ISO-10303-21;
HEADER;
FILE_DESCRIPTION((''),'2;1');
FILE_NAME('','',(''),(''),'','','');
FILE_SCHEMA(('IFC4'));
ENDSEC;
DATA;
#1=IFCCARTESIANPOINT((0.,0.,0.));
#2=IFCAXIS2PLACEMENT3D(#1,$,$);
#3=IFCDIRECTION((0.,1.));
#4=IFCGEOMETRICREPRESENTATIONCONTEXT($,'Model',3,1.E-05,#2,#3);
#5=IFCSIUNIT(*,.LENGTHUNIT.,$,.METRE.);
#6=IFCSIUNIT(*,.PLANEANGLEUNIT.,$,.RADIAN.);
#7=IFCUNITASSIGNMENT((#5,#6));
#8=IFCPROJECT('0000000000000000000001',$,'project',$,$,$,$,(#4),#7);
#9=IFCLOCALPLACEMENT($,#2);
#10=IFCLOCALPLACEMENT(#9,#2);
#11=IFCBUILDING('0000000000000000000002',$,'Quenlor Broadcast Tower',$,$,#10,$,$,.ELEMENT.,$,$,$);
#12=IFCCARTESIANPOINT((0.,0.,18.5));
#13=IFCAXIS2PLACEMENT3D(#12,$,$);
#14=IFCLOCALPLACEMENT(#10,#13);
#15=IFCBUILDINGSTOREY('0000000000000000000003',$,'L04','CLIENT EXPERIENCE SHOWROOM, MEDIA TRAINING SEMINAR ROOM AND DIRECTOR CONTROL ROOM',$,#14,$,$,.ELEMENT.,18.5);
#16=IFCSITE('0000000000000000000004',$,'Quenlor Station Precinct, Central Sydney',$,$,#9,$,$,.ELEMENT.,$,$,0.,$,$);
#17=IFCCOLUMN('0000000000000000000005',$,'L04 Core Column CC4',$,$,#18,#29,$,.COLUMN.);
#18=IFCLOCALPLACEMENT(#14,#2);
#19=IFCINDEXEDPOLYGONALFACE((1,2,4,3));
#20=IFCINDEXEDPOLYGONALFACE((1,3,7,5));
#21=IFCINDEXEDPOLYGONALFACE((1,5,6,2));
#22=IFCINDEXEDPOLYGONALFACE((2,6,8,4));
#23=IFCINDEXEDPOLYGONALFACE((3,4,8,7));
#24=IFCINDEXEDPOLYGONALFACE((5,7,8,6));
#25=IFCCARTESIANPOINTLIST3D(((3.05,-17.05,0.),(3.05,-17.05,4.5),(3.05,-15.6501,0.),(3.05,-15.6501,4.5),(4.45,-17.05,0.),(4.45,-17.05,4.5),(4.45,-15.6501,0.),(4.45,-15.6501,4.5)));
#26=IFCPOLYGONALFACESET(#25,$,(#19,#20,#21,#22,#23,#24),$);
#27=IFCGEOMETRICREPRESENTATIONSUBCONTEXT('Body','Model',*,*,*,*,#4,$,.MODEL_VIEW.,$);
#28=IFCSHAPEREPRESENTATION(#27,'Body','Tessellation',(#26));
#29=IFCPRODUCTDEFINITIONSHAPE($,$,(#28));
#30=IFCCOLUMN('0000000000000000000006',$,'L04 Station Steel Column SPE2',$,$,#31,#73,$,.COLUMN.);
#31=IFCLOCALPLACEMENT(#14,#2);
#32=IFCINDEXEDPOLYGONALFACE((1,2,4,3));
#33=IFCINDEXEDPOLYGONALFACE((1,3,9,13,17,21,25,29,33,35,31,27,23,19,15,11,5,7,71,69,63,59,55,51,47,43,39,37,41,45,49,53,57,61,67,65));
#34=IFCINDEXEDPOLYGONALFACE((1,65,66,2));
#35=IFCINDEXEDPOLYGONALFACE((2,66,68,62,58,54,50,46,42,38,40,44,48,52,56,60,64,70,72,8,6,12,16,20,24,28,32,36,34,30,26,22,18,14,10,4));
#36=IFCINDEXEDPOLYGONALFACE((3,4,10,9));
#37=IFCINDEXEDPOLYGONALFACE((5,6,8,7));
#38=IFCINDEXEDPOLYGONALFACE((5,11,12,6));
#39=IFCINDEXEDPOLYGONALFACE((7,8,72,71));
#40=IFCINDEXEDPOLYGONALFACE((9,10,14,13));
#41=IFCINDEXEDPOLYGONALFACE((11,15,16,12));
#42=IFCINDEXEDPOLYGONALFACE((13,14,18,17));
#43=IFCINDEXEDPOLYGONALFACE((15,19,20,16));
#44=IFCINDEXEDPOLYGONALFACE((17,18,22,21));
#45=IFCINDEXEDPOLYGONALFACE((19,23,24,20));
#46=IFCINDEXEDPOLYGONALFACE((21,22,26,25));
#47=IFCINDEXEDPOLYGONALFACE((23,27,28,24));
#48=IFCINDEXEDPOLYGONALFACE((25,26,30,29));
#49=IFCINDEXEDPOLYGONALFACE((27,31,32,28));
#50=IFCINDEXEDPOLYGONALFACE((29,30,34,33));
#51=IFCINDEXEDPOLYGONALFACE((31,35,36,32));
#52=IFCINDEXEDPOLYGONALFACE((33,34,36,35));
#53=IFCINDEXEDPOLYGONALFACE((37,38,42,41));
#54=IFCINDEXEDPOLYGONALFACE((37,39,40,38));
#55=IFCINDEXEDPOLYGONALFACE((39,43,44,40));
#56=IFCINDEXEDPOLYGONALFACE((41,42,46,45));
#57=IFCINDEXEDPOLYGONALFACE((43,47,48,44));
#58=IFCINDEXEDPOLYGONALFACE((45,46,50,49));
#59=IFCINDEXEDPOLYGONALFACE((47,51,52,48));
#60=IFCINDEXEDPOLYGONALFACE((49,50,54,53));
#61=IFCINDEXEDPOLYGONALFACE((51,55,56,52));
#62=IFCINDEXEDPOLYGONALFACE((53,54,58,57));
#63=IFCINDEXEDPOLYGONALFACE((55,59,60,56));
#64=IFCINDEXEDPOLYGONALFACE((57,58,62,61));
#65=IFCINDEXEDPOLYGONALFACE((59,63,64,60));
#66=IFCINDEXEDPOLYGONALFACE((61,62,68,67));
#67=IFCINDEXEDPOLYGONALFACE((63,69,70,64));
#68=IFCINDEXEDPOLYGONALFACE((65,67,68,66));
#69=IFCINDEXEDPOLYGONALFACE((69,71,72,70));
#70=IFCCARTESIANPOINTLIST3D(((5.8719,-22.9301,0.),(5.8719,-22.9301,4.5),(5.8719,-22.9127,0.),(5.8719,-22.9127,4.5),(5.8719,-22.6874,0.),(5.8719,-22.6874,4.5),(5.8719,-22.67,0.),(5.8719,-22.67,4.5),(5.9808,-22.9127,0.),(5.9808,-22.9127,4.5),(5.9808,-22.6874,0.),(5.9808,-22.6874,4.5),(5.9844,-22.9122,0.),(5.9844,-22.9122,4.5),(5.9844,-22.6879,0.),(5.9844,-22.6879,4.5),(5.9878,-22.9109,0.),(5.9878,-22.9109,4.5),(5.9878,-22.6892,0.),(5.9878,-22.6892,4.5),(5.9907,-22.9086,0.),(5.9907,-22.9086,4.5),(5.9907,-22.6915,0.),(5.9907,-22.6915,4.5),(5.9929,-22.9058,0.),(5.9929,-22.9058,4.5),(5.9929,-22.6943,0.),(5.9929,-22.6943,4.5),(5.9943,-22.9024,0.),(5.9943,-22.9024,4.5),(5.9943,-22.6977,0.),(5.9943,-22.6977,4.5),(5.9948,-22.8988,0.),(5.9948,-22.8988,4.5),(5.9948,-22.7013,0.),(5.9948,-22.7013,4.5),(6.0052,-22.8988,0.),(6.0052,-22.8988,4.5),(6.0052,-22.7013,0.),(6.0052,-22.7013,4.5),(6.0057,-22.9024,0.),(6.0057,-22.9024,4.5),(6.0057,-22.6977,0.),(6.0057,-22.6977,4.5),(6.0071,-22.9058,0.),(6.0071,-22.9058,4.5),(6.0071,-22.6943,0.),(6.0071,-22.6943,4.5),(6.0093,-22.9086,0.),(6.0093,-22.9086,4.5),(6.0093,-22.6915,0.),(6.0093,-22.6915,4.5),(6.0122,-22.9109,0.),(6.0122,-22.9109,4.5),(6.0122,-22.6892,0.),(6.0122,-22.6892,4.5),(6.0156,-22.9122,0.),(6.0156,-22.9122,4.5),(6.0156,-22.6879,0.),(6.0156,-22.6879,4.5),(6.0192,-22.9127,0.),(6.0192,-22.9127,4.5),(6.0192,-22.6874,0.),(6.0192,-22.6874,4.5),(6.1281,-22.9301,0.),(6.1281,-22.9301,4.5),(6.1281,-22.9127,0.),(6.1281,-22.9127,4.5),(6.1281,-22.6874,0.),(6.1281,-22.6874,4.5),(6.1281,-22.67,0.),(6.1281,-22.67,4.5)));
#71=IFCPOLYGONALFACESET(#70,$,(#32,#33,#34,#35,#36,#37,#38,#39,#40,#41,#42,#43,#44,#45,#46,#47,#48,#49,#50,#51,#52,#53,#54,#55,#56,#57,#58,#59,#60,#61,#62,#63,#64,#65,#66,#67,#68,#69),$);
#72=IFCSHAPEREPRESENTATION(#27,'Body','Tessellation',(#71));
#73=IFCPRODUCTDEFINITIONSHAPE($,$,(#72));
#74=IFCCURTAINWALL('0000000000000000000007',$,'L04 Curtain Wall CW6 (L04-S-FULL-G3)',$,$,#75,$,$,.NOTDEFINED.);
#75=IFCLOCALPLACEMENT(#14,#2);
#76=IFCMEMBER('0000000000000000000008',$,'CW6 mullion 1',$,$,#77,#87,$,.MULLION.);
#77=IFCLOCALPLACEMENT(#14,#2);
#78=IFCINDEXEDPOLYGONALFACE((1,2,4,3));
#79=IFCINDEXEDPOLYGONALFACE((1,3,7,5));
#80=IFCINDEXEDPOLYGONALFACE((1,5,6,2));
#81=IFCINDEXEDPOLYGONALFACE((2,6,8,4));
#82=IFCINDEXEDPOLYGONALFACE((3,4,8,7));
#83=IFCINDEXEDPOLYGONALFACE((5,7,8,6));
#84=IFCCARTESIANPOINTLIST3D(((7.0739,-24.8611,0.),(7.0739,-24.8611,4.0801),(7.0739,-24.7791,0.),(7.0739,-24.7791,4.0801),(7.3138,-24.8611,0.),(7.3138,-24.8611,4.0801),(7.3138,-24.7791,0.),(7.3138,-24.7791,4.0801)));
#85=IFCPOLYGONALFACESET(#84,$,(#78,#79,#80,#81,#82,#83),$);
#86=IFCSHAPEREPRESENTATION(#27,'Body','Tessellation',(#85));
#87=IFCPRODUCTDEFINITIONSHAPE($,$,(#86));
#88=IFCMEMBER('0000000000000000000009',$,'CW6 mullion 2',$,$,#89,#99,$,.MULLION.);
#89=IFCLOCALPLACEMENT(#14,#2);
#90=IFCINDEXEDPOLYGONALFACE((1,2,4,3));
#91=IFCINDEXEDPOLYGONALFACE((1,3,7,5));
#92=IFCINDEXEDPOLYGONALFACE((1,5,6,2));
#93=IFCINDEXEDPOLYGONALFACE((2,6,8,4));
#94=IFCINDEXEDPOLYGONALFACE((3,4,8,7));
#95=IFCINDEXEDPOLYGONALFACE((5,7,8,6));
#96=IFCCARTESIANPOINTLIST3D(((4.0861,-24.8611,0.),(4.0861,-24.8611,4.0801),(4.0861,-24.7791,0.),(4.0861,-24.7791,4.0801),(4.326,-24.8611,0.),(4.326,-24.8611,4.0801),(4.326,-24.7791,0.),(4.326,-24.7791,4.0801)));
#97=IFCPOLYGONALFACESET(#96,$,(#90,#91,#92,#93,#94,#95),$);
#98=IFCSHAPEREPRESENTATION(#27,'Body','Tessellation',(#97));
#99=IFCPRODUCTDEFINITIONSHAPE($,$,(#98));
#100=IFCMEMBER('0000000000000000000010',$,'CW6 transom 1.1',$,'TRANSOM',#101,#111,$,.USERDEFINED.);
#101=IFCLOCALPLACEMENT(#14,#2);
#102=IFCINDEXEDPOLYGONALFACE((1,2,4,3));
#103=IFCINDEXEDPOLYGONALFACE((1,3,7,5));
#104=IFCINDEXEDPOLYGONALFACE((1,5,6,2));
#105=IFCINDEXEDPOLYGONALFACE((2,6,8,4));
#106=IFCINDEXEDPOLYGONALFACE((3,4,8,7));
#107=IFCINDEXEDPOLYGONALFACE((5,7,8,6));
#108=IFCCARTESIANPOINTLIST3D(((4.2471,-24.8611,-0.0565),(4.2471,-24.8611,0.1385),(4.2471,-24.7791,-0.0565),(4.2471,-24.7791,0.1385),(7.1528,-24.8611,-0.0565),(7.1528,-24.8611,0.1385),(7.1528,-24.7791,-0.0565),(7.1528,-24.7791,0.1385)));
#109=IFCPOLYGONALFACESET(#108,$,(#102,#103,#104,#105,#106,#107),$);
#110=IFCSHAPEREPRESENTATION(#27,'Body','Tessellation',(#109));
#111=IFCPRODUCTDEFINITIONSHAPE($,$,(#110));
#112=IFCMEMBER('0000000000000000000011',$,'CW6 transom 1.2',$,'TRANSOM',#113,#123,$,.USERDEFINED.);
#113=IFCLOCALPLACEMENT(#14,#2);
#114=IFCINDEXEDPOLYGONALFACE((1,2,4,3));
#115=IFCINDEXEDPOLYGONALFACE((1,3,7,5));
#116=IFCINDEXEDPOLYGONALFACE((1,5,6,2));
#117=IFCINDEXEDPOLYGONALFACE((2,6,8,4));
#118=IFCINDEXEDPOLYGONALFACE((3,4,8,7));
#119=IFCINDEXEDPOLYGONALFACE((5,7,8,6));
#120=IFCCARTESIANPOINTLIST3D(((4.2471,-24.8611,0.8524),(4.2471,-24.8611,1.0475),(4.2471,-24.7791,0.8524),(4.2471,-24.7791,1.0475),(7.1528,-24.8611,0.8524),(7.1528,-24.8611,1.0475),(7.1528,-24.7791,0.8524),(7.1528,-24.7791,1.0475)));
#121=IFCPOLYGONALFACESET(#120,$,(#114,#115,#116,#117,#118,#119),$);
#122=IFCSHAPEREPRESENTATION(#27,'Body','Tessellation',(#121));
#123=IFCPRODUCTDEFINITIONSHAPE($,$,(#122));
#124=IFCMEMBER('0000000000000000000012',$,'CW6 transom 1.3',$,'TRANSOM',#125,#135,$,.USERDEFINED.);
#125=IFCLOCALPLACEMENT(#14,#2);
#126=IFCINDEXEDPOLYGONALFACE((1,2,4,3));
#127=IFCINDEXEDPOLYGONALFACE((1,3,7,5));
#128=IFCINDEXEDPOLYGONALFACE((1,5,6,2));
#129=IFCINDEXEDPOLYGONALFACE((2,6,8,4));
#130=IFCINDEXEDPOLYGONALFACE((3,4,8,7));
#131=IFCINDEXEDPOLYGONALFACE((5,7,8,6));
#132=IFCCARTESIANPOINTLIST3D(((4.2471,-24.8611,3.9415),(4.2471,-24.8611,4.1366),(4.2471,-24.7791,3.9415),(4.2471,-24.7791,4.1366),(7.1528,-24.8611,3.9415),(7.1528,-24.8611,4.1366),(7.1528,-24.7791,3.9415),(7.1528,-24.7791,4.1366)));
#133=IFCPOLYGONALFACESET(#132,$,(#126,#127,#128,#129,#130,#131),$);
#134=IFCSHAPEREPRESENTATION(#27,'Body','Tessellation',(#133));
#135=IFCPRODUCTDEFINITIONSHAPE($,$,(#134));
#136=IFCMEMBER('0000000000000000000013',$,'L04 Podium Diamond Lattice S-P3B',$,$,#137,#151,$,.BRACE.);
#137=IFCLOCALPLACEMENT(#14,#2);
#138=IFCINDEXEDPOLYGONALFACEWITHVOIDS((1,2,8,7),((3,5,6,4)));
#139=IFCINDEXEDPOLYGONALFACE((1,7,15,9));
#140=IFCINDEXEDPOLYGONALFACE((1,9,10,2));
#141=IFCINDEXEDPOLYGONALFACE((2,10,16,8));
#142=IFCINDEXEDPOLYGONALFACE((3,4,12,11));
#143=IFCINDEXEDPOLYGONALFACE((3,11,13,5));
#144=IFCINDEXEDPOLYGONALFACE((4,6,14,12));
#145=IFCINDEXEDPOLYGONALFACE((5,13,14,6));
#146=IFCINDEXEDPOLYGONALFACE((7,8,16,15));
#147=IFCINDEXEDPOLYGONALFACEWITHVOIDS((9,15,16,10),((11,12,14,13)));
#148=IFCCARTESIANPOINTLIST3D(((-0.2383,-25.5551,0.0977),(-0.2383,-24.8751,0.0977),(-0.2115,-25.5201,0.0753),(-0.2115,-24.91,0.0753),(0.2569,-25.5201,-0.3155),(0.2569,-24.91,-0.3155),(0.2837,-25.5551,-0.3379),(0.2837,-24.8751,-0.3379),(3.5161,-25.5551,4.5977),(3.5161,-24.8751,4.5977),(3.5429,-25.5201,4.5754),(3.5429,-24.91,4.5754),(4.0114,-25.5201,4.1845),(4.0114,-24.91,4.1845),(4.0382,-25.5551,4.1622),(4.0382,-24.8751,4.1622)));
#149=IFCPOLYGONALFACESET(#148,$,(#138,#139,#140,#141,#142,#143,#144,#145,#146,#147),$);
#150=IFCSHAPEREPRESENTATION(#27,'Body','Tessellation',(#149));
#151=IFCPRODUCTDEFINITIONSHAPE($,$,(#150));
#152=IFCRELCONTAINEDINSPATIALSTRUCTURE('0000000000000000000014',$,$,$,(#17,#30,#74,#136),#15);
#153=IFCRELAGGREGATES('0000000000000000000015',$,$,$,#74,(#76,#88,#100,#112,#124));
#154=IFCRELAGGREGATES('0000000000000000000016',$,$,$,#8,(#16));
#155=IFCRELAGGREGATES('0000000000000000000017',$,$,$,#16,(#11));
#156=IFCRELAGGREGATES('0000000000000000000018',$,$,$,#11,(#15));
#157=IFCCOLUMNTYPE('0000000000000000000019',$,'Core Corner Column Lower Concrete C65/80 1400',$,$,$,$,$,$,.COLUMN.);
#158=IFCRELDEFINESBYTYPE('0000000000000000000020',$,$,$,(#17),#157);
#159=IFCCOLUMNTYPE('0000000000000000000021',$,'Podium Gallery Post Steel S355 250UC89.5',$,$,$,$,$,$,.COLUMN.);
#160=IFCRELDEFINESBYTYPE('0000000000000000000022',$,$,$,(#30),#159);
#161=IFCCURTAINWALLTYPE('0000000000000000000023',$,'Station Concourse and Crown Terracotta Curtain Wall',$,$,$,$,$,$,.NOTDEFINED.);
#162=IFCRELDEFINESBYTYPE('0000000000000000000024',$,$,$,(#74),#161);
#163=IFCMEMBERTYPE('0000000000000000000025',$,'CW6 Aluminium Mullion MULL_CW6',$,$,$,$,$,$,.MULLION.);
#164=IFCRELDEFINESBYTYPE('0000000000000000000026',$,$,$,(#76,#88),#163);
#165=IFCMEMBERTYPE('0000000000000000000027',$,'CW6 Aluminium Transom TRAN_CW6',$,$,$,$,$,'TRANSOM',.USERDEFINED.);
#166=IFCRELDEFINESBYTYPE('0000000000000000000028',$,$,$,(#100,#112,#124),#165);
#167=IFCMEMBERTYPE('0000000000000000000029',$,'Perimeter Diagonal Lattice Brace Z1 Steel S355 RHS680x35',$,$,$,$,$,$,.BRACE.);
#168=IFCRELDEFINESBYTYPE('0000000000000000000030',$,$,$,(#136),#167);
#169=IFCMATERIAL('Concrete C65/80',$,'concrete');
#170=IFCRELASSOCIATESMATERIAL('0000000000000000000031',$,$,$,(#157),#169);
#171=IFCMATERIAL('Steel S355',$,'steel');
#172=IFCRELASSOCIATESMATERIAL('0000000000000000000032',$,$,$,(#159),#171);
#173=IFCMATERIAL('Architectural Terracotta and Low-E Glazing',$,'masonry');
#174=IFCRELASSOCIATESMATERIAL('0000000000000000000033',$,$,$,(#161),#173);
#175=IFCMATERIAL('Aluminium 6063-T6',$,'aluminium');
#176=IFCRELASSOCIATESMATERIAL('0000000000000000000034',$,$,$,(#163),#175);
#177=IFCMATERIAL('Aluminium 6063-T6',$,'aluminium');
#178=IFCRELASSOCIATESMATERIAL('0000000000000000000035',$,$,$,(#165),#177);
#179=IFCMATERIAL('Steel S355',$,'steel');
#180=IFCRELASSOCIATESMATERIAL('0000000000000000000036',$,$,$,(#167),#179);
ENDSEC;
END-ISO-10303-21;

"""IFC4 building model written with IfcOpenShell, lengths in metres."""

from ifc_helpers import new_model, si_unit, direction, frame, origin, origin_2d, place, context, subcontext, project, spatial, rectangle, hollow_rectangle, i_section, extrude, material, material_profile, profile_set, type_object, element, aggregate, save


model = new_model("IFC4")

# Units and contexts
model_context = context("Model", 3, precision=1e-05, world=origin(), true_north=direction((0.0, 1.0)))
body_context = subcontext(model_context, "Body", "Model", "MODEL_VIEW")
ifc_project = project(units=[si_unit("LENGTHUNIT", "METRE"), si_unit("PLANEANGLEUNIT", "RADIAN")], contexts=[model_context])

# Site, building, storey
site_placement = place(None, origin())
site = spatial("IfcSite", under=ifc_project, at=site_placement, Name="Quenlor Station Precinct, Central Sydney", CompositionType="ELEMENT", RefElevation=0.0)
building_placement = place(site_placement, origin())
building = spatial("IfcBuilding", under=site, at=building_placement, Name="Quenlor Broadcast Tower", CompositionType="ELEMENT")
storey_placement = place(building_placement, frame((0.0, 0.0, 18.5)))
storey = spatial("IfcBuildingStorey", under=building, at=storey_placement, Name="L04", Description="CLIENT EXPERIENCE SHOWROOM, MEDIA TRAINING SEMINAR ROOM AND DIRECTOR CONTROL ROOM", CompositionType="ELEMENT", Elevation=18.5)

# Columns
ifc_material_1 = material(Name="Concrete C65/80", Category="concrete")
ifc_material_profile_1 = material_profile(ifc_material_1, rectangle(XDim=1.3999, YDim=1.3999, at=origin_2d()))
ifc_profile_set_1 = profile_set([ifc_material_profile_1], Name="Concrete C65/80 RC1400x1400")
column_type_1 = type_object("IfcColumnType", Name="Core Corner Column Lower Concrete C65/80 1400", PredefinedType="COLUMN", material=ifc_profile_set_1)
column_1_placement = place(storey_placement, frame((3.75, -16.3501, 0.0), z_axis=(0.0, 0.0, 1.0), x_axis=(1.0, 0.0, 0.0)))
element("IfcColumn", 1, at=column_1_placement, inside=storey, type_object=column_type_1, Name="L04 Core Column CC4", PredefinedType="COLUMN", context=body_context, shape_type="SweptSolid", body=[
    extrude(rectangle(XDim=1.3999, YDim=1.3999, at=origin_2d()), origin(), (0.0, 0.0, 1.0), 4.5),
])
ifc_material_2 = material(Name="Steel S355", Category="steel")
ifc_material_profile_2 = material_profile(ifc_material_2, i_section(OverallWidth=0.2561, OverallDepth=0.26, WebThickness=0.0105, FlangeThickness=0.0173, FilletRadius=0.0139, at=origin_2d()))
ifc_profile_set_2 = profile_set([ifc_material_profile_2], Name="Steel S355 250UC89.5")
column_type_2 = type_object("IfcColumnType", Name="Podium Gallery Post Steel S355 250UC89.5", PredefinedType="COLUMN", material=ifc_profile_set_2)
column_2_placement = place(storey_placement, frame((6.0, -22.8, 0.0), z_axis=(0.0, 0.0, 1.0), x_axis=(1.0, 0.0, 0.0)))
element("IfcColumn", 2, at=column_2_placement, inside=storey, type_object=column_type_2, Name="L04 Station Steel Column SPE2", PredefinedType="COLUMN", context=body_context, shape_type="SweptSolid", body=[
    extrude(i_section(OverallWidth=0.2561, OverallDepth=0.26, WebThickness=0.0105, FlangeThickness=0.0173, FilletRadius=0.0139, at=origin_2d()), origin(), (0.0, 0.0, 1.0), 4.5),
])

# Curtain wall, members
ifc_material_3 = material(Name="Architectural Terracotta and Low-E Glazing", Category="masonry")
curtain_wall_type = type_object("IfcCurtainWallType", Name="Station Concourse and Crown Terracotta Curtain Wall", PredefinedType="NOTDEFINED", material=ifc_material_3)
curtain_wall_placement = place(storey_placement, origin())
curtain_wall = element("IfcCurtainWall", 3, at=curtain_wall_placement, inside=storey, type_object=curtain_wall_type, Name="L04 Curtain Wall CW6 (L04-S-FULL-G3)", PredefinedType="NOTDEFINED")
ifc_material_4 = material(Name="Aluminium 6063-T6", Category="aluminium")
ifc_material_profile_3 = material_profile(ifc_material_4, rectangle(XDim=0.082, YDim=0.24, at=origin_2d()))
ifc_profile_set_3 = profile_set([ifc_material_profile_3], Name="Aluminium 6063-T6 MULL82x240")
member_type_1 = type_object("IfcMemberType", Name="CW6 Aluminium Mullion MULL_CW6", PredefinedType="MULLION", material=ifc_profile_set_3)
member_1_placement = place(storey_placement, frame((7.1938, -24.8201, 0.0), z_axis=(0.0, 0.0, 1.0), x_axis=(0.0, -1.0, 0.0)))
member_1 = element("IfcMember", 4, at=member_1_placement, type_object=member_type_1, Name="CW6 mullion 1", PredefinedType="MULLION", context=body_context, shape_type="SweptSolid", body=[
    extrude(rectangle(XDim=0.082, YDim=0.24, at=origin_2d()), origin(), (0.0, 0.0, 1.0), 4.0801),
])
member_2_placement = place(storey_placement, frame((4.2061, -24.8201, 0.0), z_axis=(0.0, 0.0, 1.0), x_axis=(0.0, -1.0, 0.0)))
member_2 = element("IfcMember", 5, at=member_2_placement, type_object=member_type_1, Name="CW6 mullion 2", PredefinedType="MULLION", context=body_context, shape_type="SweptSolid", body=[
    extrude(rectangle(XDim=0.082, YDim=0.24, at=origin_2d()), origin(), (0.0, 0.0, 1.0), 4.0801),
])
ifc_material_5 = material(Name="Aluminium 6063-T6", Category="aluminium")
ifc_material_profile_4 = material_profile(ifc_material_5, rectangle(XDim=0.082, YDim=0.1951, at=origin_2d()))
ifc_profile_set_4 = profile_set([ifc_material_profile_4], Name="Aluminium 6063-T6 TRAN82x195")
member_type_2 = type_object("IfcMemberType", Name="CW6 Aluminium Transom TRAN_CW6", ElementType="TRANSOM", PredefinedType="USERDEFINED", material=ifc_profile_set_4)
member_3_placement = place(storey_placement, frame((7.1528, -24.8201, 0.041), z_axis=(-1.0, 0.0, 0.0), x_axis=(0.0, -1.0, 0.0)))
member_3 = element("IfcMember", 6, at=member_3_placement, type_object=member_type_2, Name="CW6 transom 1.1", ObjectType="TRANSOM", PredefinedType="USERDEFINED", context=body_context, shape_type="SweptSolid", body=[
    extrude(rectangle(XDim=0.082, YDim=0.1951, at=origin_2d()), origin(), (0.0, 0.0, 1.0), 2.9058),
])
member_4_placement = place(storey_placement, frame((7.1528, -24.8201, 0.95), z_axis=(-1.0, 0.0, 0.0), x_axis=(0.0, -1.0, 0.0)))
member_4 = element("IfcMember", 7, at=member_4_placement, type_object=member_type_2, Name="CW6 transom 1.2", ObjectType="TRANSOM", PredefinedType="USERDEFINED", context=body_context, shape_type="SweptSolid", body=[
    extrude(rectangle(XDim=0.082, YDim=0.1951, at=origin_2d()), origin(), (0.0, 0.0, 1.0), 2.9058),
])
member_5_placement = place(storey_placement, frame((7.1528, -24.8201, 4.0391), z_axis=(-1.0, 0.0, 0.0), x_axis=(0.0, -1.0, 0.0)))
member_5 = element("IfcMember", 8, at=member_5_placement, type_object=member_type_2, Name="CW6 transom 1.3", ObjectType="TRANSOM", PredefinedType="USERDEFINED", context=body_context, shape_type="SweptSolid", body=[
    extrude(rectangle(XDim=0.082, YDim=0.1951, at=origin_2d()), origin(), (0.0, 0.0, 1.0), 2.9058),
])

# Member
ifc_material_6 = material(Name="Steel S355", Category="steel")
ifc_material_profile_5 = material_profile(ifc_material_6, hollow_rectangle(XDim=0.6799, YDim=0.6799, WallThickness=0.0349, at=origin_2d()))
ifc_profile_set_5 = profile_set([ifc_material_profile_5], Name="Steel S355 RHS680x680x35")
member_type_3 = type_object("IfcMemberType", Name="Perimeter Diagonal Lattice Brace Z1 Steel S355 RHS680x35", PredefinedType="BRACE", material=ifc_profile_set_5)
member_6_placement = place(storey_placement, frame((0.0227, -25.2151, -0.1201), z_axis=(0.640627, 0.0, 0.767852), x_axis=(0.0, 1.0, 0.0)))
element("IfcMember", 9, at=member_6_placement, inside=storey, type_object=member_type_3, Name="L04 Podium Diamond Lattice S-P3B", PredefinedType="BRACE", context=body_context, shape_type="SweptSolid", body=[
    extrude(hollow_rectangle(XDim=0.6799, YDim=0.6799, WallThickness=0.0349, at=origin_2d()), origin(), (0.0, 0.0, 1.0), 5.8606),
])

aggregate(curtain_wall, [member_1, member_2, member_3, member_4, member_5])

save(model, "model.ifc")
